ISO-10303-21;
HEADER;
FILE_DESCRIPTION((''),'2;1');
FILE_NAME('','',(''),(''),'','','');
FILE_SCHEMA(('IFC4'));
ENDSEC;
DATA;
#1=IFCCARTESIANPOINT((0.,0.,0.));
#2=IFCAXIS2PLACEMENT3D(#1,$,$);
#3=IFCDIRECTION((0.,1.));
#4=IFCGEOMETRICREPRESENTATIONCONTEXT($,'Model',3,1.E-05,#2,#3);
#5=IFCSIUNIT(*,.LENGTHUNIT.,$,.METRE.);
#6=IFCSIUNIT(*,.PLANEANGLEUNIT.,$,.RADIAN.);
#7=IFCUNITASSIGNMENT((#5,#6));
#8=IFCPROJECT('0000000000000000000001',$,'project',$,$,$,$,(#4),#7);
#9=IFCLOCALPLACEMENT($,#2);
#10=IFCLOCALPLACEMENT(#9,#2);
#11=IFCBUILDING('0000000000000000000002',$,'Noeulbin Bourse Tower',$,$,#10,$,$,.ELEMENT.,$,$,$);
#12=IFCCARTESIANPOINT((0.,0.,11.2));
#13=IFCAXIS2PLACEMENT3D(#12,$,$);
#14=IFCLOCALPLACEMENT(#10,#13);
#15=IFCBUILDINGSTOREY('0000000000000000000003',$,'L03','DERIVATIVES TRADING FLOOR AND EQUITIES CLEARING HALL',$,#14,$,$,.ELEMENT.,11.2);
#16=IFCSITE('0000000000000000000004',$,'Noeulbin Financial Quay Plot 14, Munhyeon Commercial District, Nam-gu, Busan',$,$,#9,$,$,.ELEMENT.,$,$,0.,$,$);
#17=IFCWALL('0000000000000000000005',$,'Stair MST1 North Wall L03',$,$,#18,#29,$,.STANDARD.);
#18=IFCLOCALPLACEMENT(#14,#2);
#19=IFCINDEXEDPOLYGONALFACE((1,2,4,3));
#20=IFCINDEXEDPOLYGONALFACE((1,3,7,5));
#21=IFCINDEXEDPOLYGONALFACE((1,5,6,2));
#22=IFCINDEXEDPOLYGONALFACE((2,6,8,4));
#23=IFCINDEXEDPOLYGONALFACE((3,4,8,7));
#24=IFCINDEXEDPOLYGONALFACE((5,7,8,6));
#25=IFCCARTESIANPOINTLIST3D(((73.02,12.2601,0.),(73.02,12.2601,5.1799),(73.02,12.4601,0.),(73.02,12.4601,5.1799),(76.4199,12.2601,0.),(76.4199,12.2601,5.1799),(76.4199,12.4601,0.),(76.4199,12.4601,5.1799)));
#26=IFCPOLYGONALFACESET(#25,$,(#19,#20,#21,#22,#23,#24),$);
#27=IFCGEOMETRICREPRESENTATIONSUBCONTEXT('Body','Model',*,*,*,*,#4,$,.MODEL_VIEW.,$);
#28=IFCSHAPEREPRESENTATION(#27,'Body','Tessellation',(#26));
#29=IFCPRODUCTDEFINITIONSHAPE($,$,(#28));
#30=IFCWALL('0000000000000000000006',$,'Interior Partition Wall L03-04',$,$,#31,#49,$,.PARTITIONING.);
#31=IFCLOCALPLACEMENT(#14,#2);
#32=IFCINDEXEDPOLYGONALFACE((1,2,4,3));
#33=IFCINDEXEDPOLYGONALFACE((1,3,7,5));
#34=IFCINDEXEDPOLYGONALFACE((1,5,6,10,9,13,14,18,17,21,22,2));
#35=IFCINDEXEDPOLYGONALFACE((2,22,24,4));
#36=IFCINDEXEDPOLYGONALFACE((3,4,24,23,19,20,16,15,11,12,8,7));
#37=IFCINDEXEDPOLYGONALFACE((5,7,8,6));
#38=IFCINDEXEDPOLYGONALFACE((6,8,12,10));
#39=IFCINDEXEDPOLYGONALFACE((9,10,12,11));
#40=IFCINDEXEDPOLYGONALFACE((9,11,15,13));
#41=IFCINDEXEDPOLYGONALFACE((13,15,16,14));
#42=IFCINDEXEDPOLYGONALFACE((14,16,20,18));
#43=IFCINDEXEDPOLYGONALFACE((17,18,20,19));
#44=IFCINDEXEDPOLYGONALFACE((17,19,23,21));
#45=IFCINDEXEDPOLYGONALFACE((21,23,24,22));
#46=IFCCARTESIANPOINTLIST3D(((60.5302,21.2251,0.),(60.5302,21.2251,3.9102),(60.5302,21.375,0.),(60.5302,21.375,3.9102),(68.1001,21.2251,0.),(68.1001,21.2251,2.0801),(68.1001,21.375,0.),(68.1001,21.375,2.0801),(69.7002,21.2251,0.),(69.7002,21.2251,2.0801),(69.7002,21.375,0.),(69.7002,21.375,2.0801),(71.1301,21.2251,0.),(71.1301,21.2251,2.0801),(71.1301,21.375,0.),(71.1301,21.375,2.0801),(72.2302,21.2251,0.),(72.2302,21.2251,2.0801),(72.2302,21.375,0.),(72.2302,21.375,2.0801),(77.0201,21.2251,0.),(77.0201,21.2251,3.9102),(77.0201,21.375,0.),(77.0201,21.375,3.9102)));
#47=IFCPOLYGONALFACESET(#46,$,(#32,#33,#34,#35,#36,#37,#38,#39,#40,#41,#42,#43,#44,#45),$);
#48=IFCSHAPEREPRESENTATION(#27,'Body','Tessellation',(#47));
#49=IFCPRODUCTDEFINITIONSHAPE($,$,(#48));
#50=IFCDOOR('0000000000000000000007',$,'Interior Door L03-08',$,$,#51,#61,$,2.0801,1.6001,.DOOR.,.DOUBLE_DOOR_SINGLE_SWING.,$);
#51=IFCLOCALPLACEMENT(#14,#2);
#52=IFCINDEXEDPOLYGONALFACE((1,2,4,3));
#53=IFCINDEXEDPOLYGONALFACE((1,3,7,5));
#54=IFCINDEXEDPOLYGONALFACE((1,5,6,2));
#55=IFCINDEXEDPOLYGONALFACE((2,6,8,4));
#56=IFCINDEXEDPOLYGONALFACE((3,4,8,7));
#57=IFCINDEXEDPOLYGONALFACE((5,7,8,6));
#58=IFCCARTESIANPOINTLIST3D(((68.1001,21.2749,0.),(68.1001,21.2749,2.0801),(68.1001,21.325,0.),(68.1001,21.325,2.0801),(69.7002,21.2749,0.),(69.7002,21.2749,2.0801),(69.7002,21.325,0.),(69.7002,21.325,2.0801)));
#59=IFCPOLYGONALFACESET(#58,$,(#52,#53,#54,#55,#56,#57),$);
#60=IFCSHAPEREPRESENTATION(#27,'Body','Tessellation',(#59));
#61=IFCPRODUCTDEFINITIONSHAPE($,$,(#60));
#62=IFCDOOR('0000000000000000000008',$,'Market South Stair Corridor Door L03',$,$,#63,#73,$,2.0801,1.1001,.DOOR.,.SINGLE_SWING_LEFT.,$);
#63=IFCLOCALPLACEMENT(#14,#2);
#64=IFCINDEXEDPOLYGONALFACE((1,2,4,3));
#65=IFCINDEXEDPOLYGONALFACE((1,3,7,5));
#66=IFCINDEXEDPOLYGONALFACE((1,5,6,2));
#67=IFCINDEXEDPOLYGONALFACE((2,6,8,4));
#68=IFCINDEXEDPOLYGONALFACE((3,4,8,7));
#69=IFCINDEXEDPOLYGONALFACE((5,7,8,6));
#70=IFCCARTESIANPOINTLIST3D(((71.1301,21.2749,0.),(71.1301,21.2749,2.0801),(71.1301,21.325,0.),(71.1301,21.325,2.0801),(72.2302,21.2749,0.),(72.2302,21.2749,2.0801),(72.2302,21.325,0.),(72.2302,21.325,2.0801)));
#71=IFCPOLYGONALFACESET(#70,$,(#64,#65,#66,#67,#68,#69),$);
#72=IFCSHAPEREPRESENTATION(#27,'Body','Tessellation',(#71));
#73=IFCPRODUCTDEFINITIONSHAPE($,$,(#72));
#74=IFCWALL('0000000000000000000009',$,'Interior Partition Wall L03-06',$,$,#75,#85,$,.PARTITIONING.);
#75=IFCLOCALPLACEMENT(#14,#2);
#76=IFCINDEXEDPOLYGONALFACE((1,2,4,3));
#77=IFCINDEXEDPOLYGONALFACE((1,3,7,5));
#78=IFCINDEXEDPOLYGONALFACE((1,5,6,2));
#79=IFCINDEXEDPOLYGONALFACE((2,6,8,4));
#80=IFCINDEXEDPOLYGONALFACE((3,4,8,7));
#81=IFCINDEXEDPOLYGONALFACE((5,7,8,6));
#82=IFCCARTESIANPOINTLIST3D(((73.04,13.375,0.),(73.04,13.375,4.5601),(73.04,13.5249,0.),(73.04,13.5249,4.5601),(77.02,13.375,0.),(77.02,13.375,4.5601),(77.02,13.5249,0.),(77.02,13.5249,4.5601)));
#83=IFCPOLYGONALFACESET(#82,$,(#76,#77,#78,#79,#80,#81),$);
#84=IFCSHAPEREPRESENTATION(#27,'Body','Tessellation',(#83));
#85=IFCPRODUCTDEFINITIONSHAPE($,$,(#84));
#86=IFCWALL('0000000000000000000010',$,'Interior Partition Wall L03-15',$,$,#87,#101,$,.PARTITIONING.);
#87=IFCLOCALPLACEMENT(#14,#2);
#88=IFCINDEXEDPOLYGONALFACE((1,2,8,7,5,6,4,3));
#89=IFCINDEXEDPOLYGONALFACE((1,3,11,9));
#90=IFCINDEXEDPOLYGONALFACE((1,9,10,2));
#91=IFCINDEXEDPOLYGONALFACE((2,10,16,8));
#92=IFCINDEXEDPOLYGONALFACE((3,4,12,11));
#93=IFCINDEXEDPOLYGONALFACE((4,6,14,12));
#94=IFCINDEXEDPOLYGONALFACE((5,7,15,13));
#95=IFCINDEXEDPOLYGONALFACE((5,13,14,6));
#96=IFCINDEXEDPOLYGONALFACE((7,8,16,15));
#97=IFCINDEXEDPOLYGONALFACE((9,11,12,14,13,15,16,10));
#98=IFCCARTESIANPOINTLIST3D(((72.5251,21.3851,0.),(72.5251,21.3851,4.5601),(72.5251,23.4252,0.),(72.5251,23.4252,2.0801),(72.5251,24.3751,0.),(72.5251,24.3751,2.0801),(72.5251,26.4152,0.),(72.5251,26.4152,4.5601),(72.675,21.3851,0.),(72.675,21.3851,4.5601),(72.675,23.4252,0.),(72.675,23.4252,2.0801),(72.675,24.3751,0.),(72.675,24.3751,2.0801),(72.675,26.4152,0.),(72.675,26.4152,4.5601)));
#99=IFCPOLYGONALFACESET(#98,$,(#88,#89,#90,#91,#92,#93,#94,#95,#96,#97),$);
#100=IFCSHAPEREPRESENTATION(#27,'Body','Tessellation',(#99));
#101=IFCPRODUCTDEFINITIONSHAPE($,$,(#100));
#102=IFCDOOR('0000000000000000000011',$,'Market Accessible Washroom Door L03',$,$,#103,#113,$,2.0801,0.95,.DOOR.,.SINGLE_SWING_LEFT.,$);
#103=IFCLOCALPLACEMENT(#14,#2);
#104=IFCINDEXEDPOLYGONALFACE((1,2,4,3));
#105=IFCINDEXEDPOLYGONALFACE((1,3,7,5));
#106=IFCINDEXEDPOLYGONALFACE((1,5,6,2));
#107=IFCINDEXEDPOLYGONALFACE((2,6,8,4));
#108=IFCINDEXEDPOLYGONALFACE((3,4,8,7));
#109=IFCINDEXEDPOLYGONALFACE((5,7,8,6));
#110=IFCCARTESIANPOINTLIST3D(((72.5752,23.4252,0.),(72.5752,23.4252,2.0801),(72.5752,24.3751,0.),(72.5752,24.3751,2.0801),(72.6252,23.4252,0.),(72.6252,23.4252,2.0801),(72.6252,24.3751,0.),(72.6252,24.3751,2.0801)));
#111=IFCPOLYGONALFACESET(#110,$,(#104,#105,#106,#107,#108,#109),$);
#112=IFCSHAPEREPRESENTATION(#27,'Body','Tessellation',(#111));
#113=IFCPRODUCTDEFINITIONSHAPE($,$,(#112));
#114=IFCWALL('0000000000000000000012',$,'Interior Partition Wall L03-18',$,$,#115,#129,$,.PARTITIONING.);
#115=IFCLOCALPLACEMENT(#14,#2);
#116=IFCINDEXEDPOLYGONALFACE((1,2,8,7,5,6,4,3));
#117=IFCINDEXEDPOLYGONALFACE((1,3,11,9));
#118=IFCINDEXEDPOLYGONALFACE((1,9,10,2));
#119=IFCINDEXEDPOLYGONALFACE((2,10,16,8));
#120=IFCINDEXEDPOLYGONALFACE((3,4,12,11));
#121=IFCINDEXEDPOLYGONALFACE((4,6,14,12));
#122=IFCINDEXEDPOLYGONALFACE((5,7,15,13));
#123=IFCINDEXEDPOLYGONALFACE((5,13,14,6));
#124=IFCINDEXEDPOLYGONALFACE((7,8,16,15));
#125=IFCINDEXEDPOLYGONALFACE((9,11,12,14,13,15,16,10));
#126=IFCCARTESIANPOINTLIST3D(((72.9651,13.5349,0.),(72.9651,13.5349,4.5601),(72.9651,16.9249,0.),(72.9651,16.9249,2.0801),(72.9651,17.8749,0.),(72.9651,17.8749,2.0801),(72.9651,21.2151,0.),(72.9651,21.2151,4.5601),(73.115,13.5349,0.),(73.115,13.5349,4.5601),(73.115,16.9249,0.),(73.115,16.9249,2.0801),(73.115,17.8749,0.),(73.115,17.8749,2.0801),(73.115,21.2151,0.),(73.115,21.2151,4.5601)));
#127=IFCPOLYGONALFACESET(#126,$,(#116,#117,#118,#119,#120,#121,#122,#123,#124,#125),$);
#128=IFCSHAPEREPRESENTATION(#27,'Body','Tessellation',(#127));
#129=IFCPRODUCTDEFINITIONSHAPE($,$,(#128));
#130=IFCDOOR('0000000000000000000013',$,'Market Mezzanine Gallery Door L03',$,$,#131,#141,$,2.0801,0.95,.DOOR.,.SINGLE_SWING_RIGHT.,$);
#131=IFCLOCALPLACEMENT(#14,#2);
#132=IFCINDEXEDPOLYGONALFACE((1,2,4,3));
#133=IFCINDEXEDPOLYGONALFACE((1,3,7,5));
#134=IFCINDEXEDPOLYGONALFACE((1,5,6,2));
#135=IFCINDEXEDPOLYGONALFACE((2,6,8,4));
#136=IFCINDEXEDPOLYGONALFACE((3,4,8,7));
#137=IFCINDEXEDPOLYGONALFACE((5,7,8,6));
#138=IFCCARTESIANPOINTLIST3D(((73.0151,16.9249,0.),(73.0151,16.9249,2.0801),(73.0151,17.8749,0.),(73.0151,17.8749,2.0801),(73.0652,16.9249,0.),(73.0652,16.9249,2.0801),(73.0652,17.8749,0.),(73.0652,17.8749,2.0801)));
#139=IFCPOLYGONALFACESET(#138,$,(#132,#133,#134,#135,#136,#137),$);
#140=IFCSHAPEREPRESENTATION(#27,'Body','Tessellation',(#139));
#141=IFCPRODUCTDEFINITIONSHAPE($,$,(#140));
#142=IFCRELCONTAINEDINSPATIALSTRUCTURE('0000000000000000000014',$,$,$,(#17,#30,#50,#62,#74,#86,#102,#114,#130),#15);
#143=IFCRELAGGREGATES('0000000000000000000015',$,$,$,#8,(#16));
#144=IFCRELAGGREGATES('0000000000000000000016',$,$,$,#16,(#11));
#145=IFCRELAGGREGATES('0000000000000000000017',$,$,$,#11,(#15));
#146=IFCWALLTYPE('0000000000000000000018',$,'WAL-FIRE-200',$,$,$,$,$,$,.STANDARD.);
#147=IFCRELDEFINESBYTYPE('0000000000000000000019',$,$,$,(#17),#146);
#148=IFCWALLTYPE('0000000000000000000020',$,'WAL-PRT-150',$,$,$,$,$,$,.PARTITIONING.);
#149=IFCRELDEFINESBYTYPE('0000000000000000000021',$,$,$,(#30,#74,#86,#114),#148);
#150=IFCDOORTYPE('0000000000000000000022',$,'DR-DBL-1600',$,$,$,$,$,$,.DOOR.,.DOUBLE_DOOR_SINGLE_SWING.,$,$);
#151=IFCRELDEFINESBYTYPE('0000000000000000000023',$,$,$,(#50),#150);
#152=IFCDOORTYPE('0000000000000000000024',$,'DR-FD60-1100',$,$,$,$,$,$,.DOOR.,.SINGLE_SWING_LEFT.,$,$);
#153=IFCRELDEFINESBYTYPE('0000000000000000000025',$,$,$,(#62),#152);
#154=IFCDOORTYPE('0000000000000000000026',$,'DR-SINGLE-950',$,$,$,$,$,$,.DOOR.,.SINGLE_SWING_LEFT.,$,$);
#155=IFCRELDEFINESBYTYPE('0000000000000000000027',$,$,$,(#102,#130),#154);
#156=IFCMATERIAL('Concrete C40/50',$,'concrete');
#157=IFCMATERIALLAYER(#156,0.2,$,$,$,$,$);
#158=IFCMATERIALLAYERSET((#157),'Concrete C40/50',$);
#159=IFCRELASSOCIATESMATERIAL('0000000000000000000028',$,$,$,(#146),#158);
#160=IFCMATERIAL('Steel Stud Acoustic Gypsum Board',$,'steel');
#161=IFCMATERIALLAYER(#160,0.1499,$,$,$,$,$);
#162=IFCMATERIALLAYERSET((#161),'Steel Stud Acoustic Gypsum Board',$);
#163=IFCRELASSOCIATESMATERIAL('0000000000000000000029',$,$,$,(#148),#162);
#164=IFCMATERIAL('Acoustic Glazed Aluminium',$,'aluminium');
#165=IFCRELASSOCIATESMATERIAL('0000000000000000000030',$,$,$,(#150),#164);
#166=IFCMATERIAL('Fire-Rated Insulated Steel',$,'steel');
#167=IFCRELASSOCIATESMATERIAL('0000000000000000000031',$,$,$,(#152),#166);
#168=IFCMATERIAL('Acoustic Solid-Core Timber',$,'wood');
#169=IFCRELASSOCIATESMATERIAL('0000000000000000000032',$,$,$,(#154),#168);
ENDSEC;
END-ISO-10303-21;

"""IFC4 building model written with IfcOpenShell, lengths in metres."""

from ifc_helpers import new_model, si_unit, direction, frame, frame_2d, origin, place, context, subcontext, project, spatial, rectangle, extrude, material, layer, layer_set, type_object, element, fill, save


model = new_model("IFC4")

# Units and contexts
model_context = context("Model", 3, precision=1e-05, world=origin(), true_north=direction((0.0, 1.0)))
body_context = subcontext(model_context, "Body", "Model", "MODEL_VIEW")
ifc_project = project(units=[si_unit("LENGTHUNIT", "METRE"), si_unit("PLANEANGLEUNIT", "RADIAN")], contexts=[model_context])

# Site, building, storey
site_placement = place(None, origin())
site = spatial("IfcSite", under=ifc_project, at=site_placement, Name="Noeulbin Financial Quay Plot 14, Munhyeon Commercial District, Nam-gu, Busan", CompositionType="ELEMENT", RefElevation=0.0)
building_placement = place(site_placement, origin())
building = spatial("IfcBuilding", under=site, at=building_placement, Name="Noeulbin Bourse Tower", CompositionType="ELEMENT")
storey_placement = place(building_placement, frame((0.0, 0.0, 11.2)))
storey = spatial("IfcBuildingStorey", under=building, at=storey_placement, Name="L03", Description="DERIVATIVES TRADING FLOOR AND EQUITIES CLEARING HALL", CompositionType="ELEMENT", Elevation=11.2)

# Wall
ifc_material_1 = material(Name="Concrete C40/50", Category="concrete")
ifc_layer_1 = layer(ifc_material_1, 0.2)
ifc_layer_set_1 = layer_set([ifc_layer_1], Name="Concrete C40/50")
wall_type_1 = type_object("IfcWallType", Name="WAL-FIRE-200", PredefinedType="STANDARD", material=ifc_layer_set_1)
wall_1_placement = place(storey_placement, frame((73.02, 12.3601, 0.0), z_axis=(0.0, 0.0, 1.0), x_axis=(1.0, 0.0, 0.0)))
element("IfcWall", 1, at=wall_1_placement, inside=storey, type_object=wall_type_1, Name="Stair MST1 North Wall L03", PredefinedType="STANDARD", context=body_context, shape_type="SweptSolid", body=[
    extrude(rectangle(XDim=3.3999, YDim=0.2, at=frame_2d((1.7, 0.0))), origin(), (0.0, 0.0, 1.0), 5.1799),
])

# Wall, openings, doors
ifc_material_2 = material(Name="Steel Stud Acoustic Gypsum Board", Category="steel")
ifc_layer_2 = layer(ifc_material_2, 0.1499)
ifc_layer_set_2 = layer_set([ifc_layer_2], Name="Steel Stud Acoustic Gypsum Board")
wall_type_2 = type_object("IfcWallType", Name="WAL-PRT-150", PredefinedType="PARTITIONING", material=ifc_layer_set_2)
wall_2_placement = place(storey_placement, frame((60.53, 21.3, 0.0), z_axis=(0.0, 0.0, 1.0), x_axis=(1.0, 0.0, 0.0)))
wall_2 = element("IfcWall", 2, at=wall_2_placement, inside=storey, type_object=wall_type_2, Name="Interior Partition Wall L03-04", PredefinedType="PARTITIONING", context=body_context, shape_type="SweptSolid", body=[
    extrude(rectangle(XDim=16.49, YDim=0.1499, at=frame_2d((8.2451, 0.0))), origin(), (0.0, 0.0, 1.0), 3.9102),
])
opening_1_placement = place(wall_2_placement, frame((7.5701, 0.0, 0.0)))
opening_1 = element("IfcOpeningElement", 3, at=opening_1_placement, cuts=wall_2, PredefinedType="OPENING", context=body_context, shape_type="SweptSolid", body=[
    extrude(rectangle(XDim=1.6001, YDim=2.0801, at=frame_2d((0.8, 1.04))), frame((0.0, 0.085, 0.0), z_axis=(0.0, -1.0, 0.0), x_axis=(1.0, 0.0, 0.0)), (0.0, 0.0, 1.0), 0.1699),
])
opening_2_placement = place(wall_2_placement, frame((10.6001, 0.0, 0.0)))
opening_2 = element("IfcOpeningElement", 4, at=opening_2_placement, cuts=wall_2, PredefinedType="OPENING", context=body_context, shape_type="SweptSolid", body=[
    extrude(rectangle(XDim=1.1001, YDim=2.0801, at=frame_2d((0.55, 1.04))), frame((0.0, 0.085, 0.0), z_axis=(0.0, -1.0, 0.0), x_axis=(1.0, 0.0, 0.0)), (0.0, 0.0, 1.0), 0.1699),
])
ifc_material_3 = material(Name="Acoustic Glazed Aluminium", Category="aluminium")
door_type_1 = type_object("IfcDoorType", Name="DR-DBL-1600", OperationType="DOUBLE_DOOR_SINGLE_SWING", PredefinedType="DOOR", material=ifc_material_3)
door_1_placement = place(opening_1_placement, origin())
door_1 = element("IfcDoor", 5, at=door_1_placement, inside=storey, type_object=door_type_1, Name="Interior Door L03-08", OperationType="DOUBLE_DOOR_SINGLE_SWING", OverallHeight=2.0801, OverallWidth=1.6001, PredefinedType="DOOR", context=body_context, shape_type="SweptSolid", body=[
    extrude(rectangle(XDim=1.6001, YDim=2.0801, at=frame_2d((0.8, 1.04))), frame((0.0, 0.0249, 0.0), z_axis=(0.0, -1.0, 0.0), x_axis=(1.0, 0.0, 0.0)), (0.0, 0.0, 1.0), 0.05),
])
fill(opening_1, door_1)
ifc_material_4 = material(Name="Fire-Rated Insulated Steel", Category="steel")
door_type_2 = type_object("IfcDoorType", Name="DR-FD60-1100", OperationType="SINGLE_SWING_LEFT", PredefinedType="DOOR", material=ifc_material_4)
door_2_placement = place(opening_2_placement, origin())
door_2 = element("IfcDoor", 6, at=door_2_placement, inside=storey, type_object=door_type_2, Name="Market South Stair Corridor Door L03", OperationType="SINGLE_SWING_LEFT", OverallHeight=2.0801, OverallWidth=1.1001, PredefinedType="DOOR", context=body_context, shape_type="SweptSolid", body=[
    extrude(rectangle(XDim=1.1001, YDim=2.0801, at=frame_2d((0.55, 1.04))), frame((0.0, 0.0249, 0.0), z_axis=(0.0, -1.0, 0.0), x_axis=(1.0, 0.0, 0.0)), (0.0, 0.0, 1.0), 0.05),
])
fill(opening_2, door_2)

# Wall
wall_3_placement = place(storey_placement, frame((73.04, 13.45, 0.0), z_axis=(0.0, 0.0, 1.0), x_axis=(1.0, 0.0, 0.0)))
element("IfcWall", 7, at=wall_3_placement, inside=storey, type_object=wall_type_2, Name="Interior Partition Wall L03-06", PredefinedType="PARTITIONING", context=body_context, shape_type="SweptSolid", body=[
    extrude(rectangle(XDim=3.98, YDim=0.1499, at=frame_2d((1.99, 0.0))), origin(), (0.0, 0.0, 1.0), 4.5601),
])

# Walls, openings, doors
wall_4_placement = place(storey_placement, frame((72.6001, 21.385, 0.0), z_axis=(0.0, 0.0, 1.0), x_axis=(0.0, 1.0, 0.0)))
wall_4 = element("IfcWall", 8, at=wall_4_placement, inside=storey, type_object=wall_type_2, Name="Interior Partition Wall L03-15", PredefinedType="PARTITIONING", context=body_context, shape_type="SweptSolid", body=[
    extrude(rectangle(XDim=5.03, YDim=0.1499, at=frame_2d((2.5151, 0.0))), origin(), (0.0, 0.0, 1.0), 4.5601),
])
opening_3_placement = place(wall_4_placement, frame((2.04, 0.0, 0.0)))
opening_3 = element("IfcOpeningElement", 9, at=opening_3_placement, cuts=wall_4, PredefinedType="OPENING", context=body_context, shape_type="SweptSolid", body=[
    extrude(rectangle(XDim=0.95, YDim=2.0801, at=frame_2d((0.4751, 1.04))), frame((0.0, 0.085, 0.0), z_axis=(0.0, -1.0, 0.0), x_axis=(1.0, 0.0, 0.0)), (0.0, 0.0, 1.0), 0.1699),
])
ifc_material_5 = material(Name="Acoustic Solid-Core Timber", Category="wood")
door_type_3 = type_object("IfcDoorType", Name="DR-SINGLE-950", OperationType="SINGLE_SWING_LEFT", PredefinedType="DOOR", material=ifc_material_5)
door_3_placement = place(opening_3_placement, origin())
door_3 = element("IfcDoor", 10, at=door_3_placement, inside=storey, type_object=door_type_3, Name="Market Accessible Washroom Door L03", OperationType="SINGLE_SWING_LEFT", OverallHeight=2.0801, OverallWidth=0.95, PredefinedType="DOOR", context=body_context, shape_type="SweptSolid", body=[
    extrude(rectangle(XDim=0.95, YDim=2.0801, at=frame_2d((0.4751, 1.04))), frame((0.0, 0.0249, 0.0), z_axis=(0.0, -1.0, 0.0), x_axis=(1.0, 0.0, 0.0)), (0.0, 0.0, 1.0), 0.05),
])
fill(opening_3, door_3)
wall_5_placement = place(storey_placement, frame((73.04, 13.5349, 0.0), z_axis=(0.0, 0.0, 1.0), x_axis=(0.0, 1.0, 0.0)))
wall_5 = element("IfcWall", 11, at=wall_5_placement, inside=storey, type_object=wall_type_2, Name="Interior Partition Wall L03-18", PredefinedType="PARTITIONING", context=body_context, shape_type="SweptSolid", body=[
    extrude(rectangle(XDim=7.6802, YDim=0.1499, at=frame_2d((3.8401, 0.0))), origin(), (0.0, 0.0, 1.0), 4.5601),
])
opening_4_placement = place(wall_5_placement, frame((3.3899, 0.0, 0.0)))
opening_4 = element("IfcOpeningElement", 12, at=opening_4_placement, cuts=wall_5, PredefinedType="OPENING", context=body_context, shape_type="SweptSolid", body=[
    extrude(rectangle(XDim=0.95, YDim=2.0801, at=frame_2d((0.4751, 1.04))), frame((0.0, 0.085, 0.0), z_axis=(0.0, -1.0, 0.0), x_axis=(1.0, 0.0, 0.0)), (0.0, 0.0, 1.0), 0.1699),
])
door_4_placement = place(opening_4_placement, origin())
door_4 = element("IfcDoor", 13, at=door_4_placement, inside=storey, type_object=door_type_3, Name="Market Mezzanine Gallery Door L03", OperationType="SINGLE_SWING_RIGHT", OverallHeight=2.0801, OverallWidth=0.95, PredefinedType="DOOR", context=body_context, shape_type="SweptSolid", body=[
    extrude(rectangle(XDim=0.95, YDim=2.0801, at=frame_2d((0.4751, 1.04))), frame((0.0, 0.0249, 0.0), z_axis=(0.0, -1.0, 0.0), x_axis=(1.0, 0.0, 0.0)), (0.0, 0.0, 1.0), 0.05),
])
fill(opening_4, door_4)

save(model, "model.ifc")
